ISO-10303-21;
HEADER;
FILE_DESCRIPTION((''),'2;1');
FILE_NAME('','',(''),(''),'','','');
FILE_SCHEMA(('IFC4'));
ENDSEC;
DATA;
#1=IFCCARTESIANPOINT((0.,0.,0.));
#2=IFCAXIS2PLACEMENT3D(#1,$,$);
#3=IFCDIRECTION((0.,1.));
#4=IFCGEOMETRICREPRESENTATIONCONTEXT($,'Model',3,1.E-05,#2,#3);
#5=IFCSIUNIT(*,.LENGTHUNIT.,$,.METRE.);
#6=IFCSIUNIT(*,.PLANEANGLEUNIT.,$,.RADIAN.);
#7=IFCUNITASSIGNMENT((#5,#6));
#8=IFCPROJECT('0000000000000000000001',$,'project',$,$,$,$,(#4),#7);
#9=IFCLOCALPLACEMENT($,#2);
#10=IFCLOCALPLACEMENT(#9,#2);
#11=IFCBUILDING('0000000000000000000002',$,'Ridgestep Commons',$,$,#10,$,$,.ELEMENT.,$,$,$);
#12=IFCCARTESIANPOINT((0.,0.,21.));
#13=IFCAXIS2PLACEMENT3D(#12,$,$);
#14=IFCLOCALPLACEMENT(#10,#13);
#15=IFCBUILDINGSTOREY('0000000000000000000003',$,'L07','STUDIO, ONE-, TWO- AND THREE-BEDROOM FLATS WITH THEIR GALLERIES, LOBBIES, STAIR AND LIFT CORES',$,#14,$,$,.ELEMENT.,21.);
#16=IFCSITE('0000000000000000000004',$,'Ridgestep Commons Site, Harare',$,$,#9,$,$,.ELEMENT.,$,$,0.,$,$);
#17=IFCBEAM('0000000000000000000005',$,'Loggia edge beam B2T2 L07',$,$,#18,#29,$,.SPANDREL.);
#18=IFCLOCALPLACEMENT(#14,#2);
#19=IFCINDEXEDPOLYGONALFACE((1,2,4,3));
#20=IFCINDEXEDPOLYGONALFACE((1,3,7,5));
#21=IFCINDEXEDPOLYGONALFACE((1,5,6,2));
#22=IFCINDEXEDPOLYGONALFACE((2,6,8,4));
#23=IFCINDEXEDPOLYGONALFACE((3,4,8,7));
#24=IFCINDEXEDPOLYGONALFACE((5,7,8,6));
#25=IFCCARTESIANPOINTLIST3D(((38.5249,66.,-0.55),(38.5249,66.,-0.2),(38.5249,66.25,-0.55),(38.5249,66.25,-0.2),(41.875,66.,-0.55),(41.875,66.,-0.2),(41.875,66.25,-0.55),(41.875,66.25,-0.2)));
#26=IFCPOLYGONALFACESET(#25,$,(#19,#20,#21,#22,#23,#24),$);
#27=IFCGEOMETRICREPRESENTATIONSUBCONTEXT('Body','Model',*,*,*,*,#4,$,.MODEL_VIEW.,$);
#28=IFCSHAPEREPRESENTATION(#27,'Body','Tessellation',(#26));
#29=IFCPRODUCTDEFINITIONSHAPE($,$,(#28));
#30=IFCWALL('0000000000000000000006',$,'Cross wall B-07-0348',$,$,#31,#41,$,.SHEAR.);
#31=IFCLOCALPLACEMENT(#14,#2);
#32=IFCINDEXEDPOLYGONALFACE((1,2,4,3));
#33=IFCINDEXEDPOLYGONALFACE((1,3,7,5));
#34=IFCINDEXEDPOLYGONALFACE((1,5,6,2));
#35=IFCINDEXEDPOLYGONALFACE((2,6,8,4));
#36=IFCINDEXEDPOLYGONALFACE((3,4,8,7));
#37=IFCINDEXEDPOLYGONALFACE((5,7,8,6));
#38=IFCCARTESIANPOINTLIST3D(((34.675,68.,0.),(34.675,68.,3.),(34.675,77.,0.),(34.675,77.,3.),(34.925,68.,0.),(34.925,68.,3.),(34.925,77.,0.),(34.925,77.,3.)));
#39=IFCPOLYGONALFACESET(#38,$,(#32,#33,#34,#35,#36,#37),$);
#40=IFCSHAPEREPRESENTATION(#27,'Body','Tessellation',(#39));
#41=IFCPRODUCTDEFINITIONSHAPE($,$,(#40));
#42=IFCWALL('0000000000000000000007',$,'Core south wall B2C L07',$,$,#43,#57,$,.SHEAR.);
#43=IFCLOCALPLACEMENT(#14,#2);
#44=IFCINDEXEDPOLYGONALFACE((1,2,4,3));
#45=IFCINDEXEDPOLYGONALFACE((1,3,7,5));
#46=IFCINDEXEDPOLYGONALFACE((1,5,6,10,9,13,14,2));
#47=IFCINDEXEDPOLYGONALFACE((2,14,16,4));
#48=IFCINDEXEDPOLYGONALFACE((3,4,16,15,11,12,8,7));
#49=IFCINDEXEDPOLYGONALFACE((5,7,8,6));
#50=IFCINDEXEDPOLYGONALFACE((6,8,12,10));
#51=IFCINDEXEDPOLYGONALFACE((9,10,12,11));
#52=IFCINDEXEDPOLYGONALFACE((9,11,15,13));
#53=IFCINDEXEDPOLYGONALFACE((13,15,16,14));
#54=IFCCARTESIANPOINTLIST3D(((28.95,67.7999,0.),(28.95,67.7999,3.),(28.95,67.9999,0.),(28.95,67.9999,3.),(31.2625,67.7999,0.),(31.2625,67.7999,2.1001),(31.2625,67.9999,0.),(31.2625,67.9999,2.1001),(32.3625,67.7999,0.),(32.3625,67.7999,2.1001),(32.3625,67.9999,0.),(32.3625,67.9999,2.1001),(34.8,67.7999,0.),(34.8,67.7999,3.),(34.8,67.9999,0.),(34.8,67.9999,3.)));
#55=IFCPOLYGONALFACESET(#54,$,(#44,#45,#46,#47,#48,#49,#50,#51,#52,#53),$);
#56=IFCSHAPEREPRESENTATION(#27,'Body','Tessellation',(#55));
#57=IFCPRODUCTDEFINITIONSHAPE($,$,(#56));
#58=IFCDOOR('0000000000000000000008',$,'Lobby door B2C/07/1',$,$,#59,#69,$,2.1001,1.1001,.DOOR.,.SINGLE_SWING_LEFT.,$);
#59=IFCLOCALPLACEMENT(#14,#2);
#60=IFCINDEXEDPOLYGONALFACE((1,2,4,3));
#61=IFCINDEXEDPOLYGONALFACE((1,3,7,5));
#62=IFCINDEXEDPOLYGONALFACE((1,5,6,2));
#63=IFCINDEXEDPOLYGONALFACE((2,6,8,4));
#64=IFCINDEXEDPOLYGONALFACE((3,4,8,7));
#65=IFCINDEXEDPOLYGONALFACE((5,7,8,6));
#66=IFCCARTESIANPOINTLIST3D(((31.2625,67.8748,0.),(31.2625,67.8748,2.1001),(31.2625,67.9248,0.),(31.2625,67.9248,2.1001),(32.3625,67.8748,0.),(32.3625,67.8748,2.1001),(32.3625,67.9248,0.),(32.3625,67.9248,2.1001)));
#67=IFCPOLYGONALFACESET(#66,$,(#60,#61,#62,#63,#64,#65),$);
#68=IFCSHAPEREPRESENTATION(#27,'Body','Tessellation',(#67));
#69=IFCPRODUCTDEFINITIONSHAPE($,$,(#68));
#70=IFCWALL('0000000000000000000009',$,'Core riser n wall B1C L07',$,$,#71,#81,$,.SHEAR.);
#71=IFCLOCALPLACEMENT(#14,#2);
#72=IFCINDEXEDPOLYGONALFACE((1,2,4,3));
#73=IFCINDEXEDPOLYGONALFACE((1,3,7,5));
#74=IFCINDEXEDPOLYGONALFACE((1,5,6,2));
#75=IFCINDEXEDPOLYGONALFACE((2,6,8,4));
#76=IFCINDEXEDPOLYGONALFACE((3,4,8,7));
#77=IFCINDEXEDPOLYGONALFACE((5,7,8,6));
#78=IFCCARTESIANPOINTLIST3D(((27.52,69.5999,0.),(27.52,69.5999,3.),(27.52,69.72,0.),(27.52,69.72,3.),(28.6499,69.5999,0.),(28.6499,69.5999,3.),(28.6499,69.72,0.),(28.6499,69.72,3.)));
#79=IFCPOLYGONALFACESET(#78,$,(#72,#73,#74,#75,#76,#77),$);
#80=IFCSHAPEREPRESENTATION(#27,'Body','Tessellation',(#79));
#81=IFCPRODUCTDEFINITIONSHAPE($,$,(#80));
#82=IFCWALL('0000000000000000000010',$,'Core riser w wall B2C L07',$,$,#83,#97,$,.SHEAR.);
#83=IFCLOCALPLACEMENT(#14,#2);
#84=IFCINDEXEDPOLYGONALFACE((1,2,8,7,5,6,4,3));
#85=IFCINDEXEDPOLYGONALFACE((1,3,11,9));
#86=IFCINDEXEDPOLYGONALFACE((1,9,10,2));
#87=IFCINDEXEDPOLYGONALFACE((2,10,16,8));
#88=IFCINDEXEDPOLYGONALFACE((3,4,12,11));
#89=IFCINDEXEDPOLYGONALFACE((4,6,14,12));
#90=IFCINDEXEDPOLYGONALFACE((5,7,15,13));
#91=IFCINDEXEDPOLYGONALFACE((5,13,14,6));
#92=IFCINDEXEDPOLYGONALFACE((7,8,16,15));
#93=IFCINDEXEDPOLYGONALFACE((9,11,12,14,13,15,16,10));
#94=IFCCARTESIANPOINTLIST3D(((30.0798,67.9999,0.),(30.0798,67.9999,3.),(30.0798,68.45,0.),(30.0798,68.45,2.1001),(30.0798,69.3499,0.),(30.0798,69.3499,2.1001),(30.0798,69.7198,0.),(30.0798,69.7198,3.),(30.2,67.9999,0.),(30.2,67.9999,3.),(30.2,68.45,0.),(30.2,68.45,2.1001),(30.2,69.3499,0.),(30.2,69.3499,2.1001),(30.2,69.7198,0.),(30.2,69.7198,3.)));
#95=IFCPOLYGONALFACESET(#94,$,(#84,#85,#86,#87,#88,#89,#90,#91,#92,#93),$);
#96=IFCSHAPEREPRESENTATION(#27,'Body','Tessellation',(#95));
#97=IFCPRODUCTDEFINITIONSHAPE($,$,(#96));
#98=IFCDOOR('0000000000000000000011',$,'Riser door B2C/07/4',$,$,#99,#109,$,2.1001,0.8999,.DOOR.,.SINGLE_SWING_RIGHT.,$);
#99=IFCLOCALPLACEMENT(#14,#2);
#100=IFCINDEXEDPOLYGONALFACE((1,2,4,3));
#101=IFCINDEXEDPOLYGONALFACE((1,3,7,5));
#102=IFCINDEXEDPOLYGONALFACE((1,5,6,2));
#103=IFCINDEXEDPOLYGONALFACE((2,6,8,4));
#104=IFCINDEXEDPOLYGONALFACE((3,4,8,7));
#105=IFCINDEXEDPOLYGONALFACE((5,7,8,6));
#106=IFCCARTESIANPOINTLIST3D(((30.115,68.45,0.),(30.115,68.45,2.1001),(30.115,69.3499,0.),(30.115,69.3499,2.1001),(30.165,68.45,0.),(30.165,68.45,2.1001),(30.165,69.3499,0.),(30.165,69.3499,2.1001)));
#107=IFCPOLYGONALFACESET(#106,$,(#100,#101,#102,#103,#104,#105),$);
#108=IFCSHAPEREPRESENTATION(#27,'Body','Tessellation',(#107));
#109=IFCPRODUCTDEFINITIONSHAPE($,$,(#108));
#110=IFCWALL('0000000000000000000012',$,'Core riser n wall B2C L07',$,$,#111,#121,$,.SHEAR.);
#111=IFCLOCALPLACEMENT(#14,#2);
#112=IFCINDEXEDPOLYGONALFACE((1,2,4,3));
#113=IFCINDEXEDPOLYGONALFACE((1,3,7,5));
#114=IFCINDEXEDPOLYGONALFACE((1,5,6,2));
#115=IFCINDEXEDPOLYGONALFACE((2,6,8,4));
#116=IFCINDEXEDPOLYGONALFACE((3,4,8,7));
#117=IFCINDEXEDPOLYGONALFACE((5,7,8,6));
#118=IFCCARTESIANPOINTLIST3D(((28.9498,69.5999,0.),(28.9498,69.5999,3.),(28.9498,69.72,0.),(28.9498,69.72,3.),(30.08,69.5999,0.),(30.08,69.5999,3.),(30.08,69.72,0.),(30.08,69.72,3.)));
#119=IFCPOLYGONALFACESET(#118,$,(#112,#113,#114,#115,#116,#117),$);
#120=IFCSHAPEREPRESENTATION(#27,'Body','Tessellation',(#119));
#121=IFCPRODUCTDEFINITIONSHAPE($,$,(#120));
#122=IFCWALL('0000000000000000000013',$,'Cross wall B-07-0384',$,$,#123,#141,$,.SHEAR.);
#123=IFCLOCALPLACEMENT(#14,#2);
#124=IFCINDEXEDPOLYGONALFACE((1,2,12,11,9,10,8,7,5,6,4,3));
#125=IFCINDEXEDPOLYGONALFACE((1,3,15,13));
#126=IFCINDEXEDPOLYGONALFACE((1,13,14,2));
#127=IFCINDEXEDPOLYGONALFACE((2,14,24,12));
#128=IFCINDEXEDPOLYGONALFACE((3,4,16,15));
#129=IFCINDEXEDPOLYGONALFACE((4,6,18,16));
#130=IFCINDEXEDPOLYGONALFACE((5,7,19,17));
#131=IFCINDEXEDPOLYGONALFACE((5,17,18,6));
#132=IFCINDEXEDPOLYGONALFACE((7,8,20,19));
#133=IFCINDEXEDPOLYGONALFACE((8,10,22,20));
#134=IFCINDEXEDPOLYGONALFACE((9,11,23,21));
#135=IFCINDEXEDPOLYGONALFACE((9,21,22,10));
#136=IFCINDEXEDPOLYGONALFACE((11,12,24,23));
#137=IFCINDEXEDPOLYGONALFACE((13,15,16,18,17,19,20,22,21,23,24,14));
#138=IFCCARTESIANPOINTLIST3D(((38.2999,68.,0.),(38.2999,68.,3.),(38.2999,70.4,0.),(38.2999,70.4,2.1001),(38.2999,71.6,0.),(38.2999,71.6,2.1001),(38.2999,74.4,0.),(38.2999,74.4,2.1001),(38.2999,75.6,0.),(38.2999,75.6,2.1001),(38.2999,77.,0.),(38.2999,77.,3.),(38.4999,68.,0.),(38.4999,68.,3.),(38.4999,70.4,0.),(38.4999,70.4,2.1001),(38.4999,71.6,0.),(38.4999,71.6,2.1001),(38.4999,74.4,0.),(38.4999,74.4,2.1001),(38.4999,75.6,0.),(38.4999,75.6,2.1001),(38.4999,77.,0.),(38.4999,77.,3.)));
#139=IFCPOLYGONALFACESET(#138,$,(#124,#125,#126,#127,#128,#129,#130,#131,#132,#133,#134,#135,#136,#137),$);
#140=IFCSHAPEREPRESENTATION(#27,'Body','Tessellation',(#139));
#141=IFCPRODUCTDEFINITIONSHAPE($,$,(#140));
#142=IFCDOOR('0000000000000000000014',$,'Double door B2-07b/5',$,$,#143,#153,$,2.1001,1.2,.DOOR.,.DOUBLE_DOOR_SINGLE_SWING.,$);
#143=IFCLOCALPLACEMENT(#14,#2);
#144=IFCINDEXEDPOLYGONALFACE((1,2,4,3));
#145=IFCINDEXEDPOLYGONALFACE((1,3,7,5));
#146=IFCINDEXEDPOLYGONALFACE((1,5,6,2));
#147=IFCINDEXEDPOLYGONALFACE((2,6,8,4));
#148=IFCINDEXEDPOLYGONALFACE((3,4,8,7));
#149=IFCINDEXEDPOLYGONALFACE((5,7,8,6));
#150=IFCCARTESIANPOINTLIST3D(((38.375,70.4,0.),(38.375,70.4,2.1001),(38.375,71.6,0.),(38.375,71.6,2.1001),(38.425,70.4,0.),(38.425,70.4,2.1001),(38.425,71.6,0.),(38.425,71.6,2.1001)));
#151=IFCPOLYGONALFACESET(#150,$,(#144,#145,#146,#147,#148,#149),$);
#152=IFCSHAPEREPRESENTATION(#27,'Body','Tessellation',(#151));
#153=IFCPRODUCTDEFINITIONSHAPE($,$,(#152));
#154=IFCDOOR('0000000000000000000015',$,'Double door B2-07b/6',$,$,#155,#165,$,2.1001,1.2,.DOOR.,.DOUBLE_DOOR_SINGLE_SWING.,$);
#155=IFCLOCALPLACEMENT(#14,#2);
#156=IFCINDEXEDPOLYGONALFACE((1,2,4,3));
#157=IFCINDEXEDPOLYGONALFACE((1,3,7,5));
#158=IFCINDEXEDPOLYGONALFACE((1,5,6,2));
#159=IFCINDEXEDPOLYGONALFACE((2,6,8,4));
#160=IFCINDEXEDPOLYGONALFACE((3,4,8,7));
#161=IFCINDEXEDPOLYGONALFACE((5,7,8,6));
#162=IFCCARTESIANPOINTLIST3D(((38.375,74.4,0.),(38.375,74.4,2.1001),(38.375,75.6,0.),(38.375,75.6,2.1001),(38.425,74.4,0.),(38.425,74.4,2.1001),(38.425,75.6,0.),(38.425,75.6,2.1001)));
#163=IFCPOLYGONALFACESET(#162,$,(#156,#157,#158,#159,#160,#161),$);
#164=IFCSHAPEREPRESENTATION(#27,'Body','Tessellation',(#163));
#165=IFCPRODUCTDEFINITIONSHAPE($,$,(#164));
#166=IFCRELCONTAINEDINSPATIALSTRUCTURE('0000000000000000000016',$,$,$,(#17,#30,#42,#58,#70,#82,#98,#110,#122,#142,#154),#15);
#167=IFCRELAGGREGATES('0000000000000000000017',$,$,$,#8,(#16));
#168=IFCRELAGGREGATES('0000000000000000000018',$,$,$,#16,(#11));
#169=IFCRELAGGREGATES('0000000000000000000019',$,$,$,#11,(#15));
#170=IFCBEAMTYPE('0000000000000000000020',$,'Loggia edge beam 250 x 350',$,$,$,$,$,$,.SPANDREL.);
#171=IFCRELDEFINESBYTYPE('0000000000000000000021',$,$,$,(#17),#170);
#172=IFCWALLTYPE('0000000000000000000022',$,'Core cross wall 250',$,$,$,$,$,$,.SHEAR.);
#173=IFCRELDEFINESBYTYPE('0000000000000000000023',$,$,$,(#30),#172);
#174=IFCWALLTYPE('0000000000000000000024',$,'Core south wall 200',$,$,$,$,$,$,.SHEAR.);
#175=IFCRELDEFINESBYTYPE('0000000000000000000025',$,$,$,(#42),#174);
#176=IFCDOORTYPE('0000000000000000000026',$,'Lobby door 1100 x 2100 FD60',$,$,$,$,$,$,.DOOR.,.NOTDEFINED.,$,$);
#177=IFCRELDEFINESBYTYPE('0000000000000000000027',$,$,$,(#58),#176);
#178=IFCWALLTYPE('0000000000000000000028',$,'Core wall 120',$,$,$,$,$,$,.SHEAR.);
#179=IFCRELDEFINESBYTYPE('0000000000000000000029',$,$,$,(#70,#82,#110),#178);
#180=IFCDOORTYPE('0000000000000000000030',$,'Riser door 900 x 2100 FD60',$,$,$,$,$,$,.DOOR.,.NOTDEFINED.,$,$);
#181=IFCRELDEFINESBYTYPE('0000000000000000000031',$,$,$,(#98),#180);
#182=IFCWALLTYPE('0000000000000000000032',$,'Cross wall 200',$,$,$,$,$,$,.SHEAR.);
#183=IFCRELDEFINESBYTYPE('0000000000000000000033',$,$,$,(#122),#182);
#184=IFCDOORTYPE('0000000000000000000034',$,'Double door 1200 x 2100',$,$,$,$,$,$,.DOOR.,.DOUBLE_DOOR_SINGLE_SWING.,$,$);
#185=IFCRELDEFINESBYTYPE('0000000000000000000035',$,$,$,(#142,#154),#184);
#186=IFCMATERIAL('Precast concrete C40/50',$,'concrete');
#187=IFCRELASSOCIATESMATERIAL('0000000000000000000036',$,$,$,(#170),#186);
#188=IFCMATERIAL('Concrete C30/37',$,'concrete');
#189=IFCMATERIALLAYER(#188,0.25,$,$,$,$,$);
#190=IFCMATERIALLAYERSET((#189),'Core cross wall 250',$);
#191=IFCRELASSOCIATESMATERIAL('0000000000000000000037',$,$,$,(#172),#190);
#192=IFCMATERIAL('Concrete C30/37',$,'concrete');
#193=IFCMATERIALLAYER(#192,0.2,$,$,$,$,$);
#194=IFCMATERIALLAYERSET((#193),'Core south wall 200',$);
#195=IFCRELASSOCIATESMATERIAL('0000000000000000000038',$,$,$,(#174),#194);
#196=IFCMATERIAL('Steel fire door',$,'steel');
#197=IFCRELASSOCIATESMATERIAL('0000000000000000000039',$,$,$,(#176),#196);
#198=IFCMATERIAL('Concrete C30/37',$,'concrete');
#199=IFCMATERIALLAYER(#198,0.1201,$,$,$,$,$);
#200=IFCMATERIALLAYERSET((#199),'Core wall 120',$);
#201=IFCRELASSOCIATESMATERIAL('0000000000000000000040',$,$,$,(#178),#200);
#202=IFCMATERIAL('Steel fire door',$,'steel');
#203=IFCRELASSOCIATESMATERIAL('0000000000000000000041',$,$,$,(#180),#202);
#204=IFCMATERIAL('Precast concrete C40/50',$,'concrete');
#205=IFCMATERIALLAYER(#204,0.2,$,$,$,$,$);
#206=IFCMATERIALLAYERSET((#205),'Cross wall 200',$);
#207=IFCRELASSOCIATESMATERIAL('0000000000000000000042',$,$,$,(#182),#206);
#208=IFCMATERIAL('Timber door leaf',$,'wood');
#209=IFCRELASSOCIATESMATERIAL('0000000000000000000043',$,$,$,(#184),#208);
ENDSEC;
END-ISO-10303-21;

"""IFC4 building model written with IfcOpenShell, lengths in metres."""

from ifc_helpers import new_model, si_unit, direction, frame, frame_2d, origin, origin_2d, place, context, subcontext, project, spatial, rectangle, extrude, material, layer, layer_set, material_profile, profile_set, type_object, element, fill, save


model = new_model("IFC4")

# Units and contexts
model_context = context("Model", 3, precision=1e-05, world=origin(), true_north=direction((0.0, 1.0)))
body_context = subcontext(model_context, "Body", "Model", "MODEL_VIEW")
ifc_project = project(units=[si_unit("LENGTHUNIT", "METRE"), si_unit("PLANEANGLEUNIT", "RADIAN")], contexts=[model_context])

# Site, building, storey
site_placement = place(None, origin())
site = spatial("IfcSite", under=ifc_project, at=site_placement, Name="Ridgestep Commons Site, Harare", CompositionType="ELEMENT", RefElevation=0.0)
building_placement = place(site_placement, origin())
building = spatial("IfcBuilding", under=site, at=building_placement, Name="Ridgestep Commons", CompositionType="ELEMENT")
storey_placement = place(building_placement, frame((0.0, 0.0, 21.0)))
storey = spatial("IfcBuildingStorey", under=building, at=storey_placement, Name="L07", Description="STUDIO, ONE-, TWO- AND THREE-BEDROOM FLATS WITH THEIR GALLERIES, LOBBIES, STAIR AND LIFT CORES", CompositionType="ELEMENT", Elevation=21.0)

# Beam
ifc_material_1 = material(Name="Precast concrete C40/50", Category="concrete")
ifc_material_profile = material_profile(ifc_material_1, rectangle(XDim=0.25, YDim=0.3501, at=origin_2d()), Name="PC 250x350")
ifc_profile_set = profile_set([ifc_material_profile], Name="Precast concrete C40/50")
beam_type = type_object("IfcBeamType", Name="Loggia edge beam 250 x 350", PredefinedType="SPANDREL", material=ifc_profile_set)
beam_placement = place(storey_placement, frame((38.5249, 66.125, -0.375), z_axis=(1.0, 0.0, 0.0), x_axis=(0.0, 1.0, 0.0)))
element("IfcBeam", 1, at=beam_placement, inside=storey, type_object=beam_type, Name="Loggia edge beam B2T2 L07", PredefinedType="SPANDREL", context=body_context, shape_type="SweptSolid", body=[
    extrude(rectangle(XDim=0.25, YDim=0.3501, at=origin_2d()), origin(), (0.0, 0.0, 1.0), 3.3501),
])

# Wall
ifc_material_2 = material(Name="Concrete C30/37", Category="concrete")
ifc_layer_1 = layer(ifc_material_2, 0.25)
ifc_layer_set_1 = layer_set([ifc_layer_1], Name="Core cross wall 250")
wall_type_1 = type_object("IfcWallType", Name="Core cross wall 250", PredefinedType="SHEAR", material=ifc_layer_set_1)
wall_1_placement = place(storey_placement, frame((34.8, 68.0, 0.0), z_axis=(0.0, 0.0, 1.0), x_axis=(0.0, 1.0, 0.0)))
element("IfcWall", 2, at=wall_1_placement, inside=storey, type_object=wall_type_1, Name="Cross wall B-07-0348", PredefinedType="SHEAR", context=body_context, shape_type="SweptSolid", body=[
    extrude(rectangle(XDim=9.0, YDim=0.25, at=frame_2d((4.5, 0.0))), origin(), (0.0, 0.0, 1.0), 3.0),
])

# Wall, opening, door
ifc_material_3 = material(Name="Concrete C30/37", Category="concrete")
ifc_layer_2 = layer(ifc_material_3, 0.2)
ifc_layer_set_2 = layer_set([ifc_layer_2], Name="Core south wall 200")
wall_type_2 = type_object("IfcWallType", Name="Core south wall 200", PredefinedType="SHEAR", material=ifc_layer_set_2)
wall_2_placement = place(storey_placement, frame((28.95, 67.8999, 0.0), z_axis=(0.0, 0.0, 1.0), x_axis=(1.0, 0.0, 0.0)))
wall_2 = element("IfcWall", 3, at=wall_2_placement, inside=storey, type_object=wall_type_2, Name="Core south wall B2C L07", PredefinedType="SHEAR", context=body_context, shape_type="SweptSolid", body=[
    extrude(rectangle(XDim=5.8501, YDim=0.2, at=frame_2d((2.925, 0.0))), origin(), (0.0, 0.0, 1.0), 3.0),
])
opening_1_placement = place(wall_2_placement, frame((2.3125, 0.0, 0.0)))
opening_1 = element("IfcOpeningElement", 4, at=opening_1_placement, cuts=wall_2, PredefinedType="OPENING", context=body_context, shape_type="SweptSolid", body=[
    extrude(rectangle(XDim=1.1001, YDim=2.1001, at=frame_2d((0.55, 1.05))), frame((0.0, 0.1099, 0.0), z_axis=(0.0, -1.0, 0.0), x_axis=(1.0, 0.0, 0.0)), (0.0, 0.0, 1.0), 0.22),
])
ifc_material_4 = material(Name="Steel fire door", Category="steel")
door_type_1 = type_object("IfcDoorType", Name="Lobby door 1100 x 2100 FD60", OperationType="NOTDEFINED", PredefinedType="DOOR", material=ifc_material_4)
door_1_placement = place(opening_1_placement, origin())
door_1 = element("IfcDoor", 5, at=door_1_placement, inside=storey, type_object=door_type_1, Name="Lobby door B2C/07/1", OperationType="SINGLE_SWING_LEFT", OverallHeight=2.1001, OverallWidth=1.1001, PredefinedType="DOOR", context=body_context, shape_type="SweptSolid", body=[
    extrude(rectangle(XDim=1.1001, YDim=2.1001, at=frame_2d((0.55, 1.05))), frame((0.0, 0.0249, 0.0), z_axis=(0.0, -1.0, 0.0), x_axis=(1.0, 0.0, 0.0)), (0.0, 0.0, 1.0), 0.05),
])
fill(opening_1, door_1)

# Wall
ifc_material_5 = material(Name="Concrete C30/37", Category="concrete")
ifc_layer_3 = layer(ifc_material_5, 0.1201)
ifc_layer_set_3 = layer_set([ifc_layer_3], Name="Core wall 120")
wall_type_3 = type_object("IfcWallType", Name="Core wall 120", PredefinedType="SHEAR", material=ifc_layer_set_3)
wall_3_placement = place(storey_placement, frame((27.52, 69.6599, 0.0), z_axis=(0.0, 0.0, 1.0), x_axis=(1.0, 0.0, 0.0)))
element("IfcWall", 6, at=wall_3_placement, inside=storey, type_object=wall_type_3, Name="Core riser n wall B1C L07", PredefinedType="SHEAR", context=body_context, shape_type="SweptSolid", body=[
    extrude(rectangle(XDim=1.1299, YDim=0.1201, at=frame_2d((0.5649, 0.0))), origin(), (0.0, 0.0, 1.0), 3.0),
])

# Wall, opening, door
wall_4_placement = place(storey_placement, frame((30.1399, 68.0, 0.0), z_axis=(0.0, 0.0, 1.0), x_axis=(0.0, 1.0, 0.0)))
wall_4 = element("IfcWall", 7, at=wall_4_placement, inside=storey, type_object=wall_type_3, Name="Core riser w wall B2C L07", PredefinedType="SHEAR", context=body_context, shape_type="SweptSolid", body=[
    extrude(rectangle(XDim=1.72, YDim=0.1201, at=frame_2d((0.8599, 0.0))), origin(), (0.0, 0.0, 1.0), 3.0),
])
opening_2_placement = place(wall_4_placement, frame((0.45, 0.0, 0.0)))
opening_2 = element("IfcOpeningElement", 8, at=opening_2_placement, cuts=wall_4, PredefinedType="OPENING", context=body_context, shape_type="SweptSolid", body=[
    extrude(rectangle(XDim=0.8999, YDim=2.1001, at=frame_2d((0.45, 1.05))), frame((0.0, 0.0701, 0.0), z_axis=(0.0, -1.0, 0.0), x_axis=(1.0, 0.0, 0.0)), (0.0, 0.0, 1.0), 0.1401),
])
ifc_material_6 = material(Name="Steel fire door", Category="steel")
door_type_2 = type_object("IfcDoorType", Name="Riser door 900 x 2100 FD60", OperationType="NOTDEFINED", PredefinedType="DOOR", material=ifc_material_6)
door_2_placement = place(opening_2_placement, origin())
door_2 = element("IfcDoor", 9, at=door_2_placement, inside=storey, type_object=door_type_2, Name="Riser door B2C/07/4", OperationType="SINGLE_SWING_RIGHT", OverallHeight=2.1001, OverallWidth=0.8999, PredefinedType="DOOR", context=body_context, shape_type="SweptSolid", body=[
    extrude(rectangle(XDim=0.8999, YDim=2.1001, at=frame_2d((0.45, 1.05))), frame((0.0, 0.0249, 0.0), z_axis=(0.0, -1.0, 0.0), x_axis=(1.0, 0.0, 0.0)), (0.0, 0.0, 1.0), 0.05),
])
fill(opening_2, door_2)

# Wall
wall_5_placement = place(storey_placement, frame((28.95, 69.6599, 0.0), z_axis=(0.0, 0.0, 1.0), x_axis=(1.0, 0.0, 0.0)))
element("IfcWall", 10, at=wall_5_placement, inside=storey, type_object=wall_type_3, Name="Core riser n wall B2C L07", PredefinedType="SHEAR", context=body_context, shape_type="SweptSolid", body=[
    extrude(rectangle(XDim=1.1301, YDim=0.1201, at=frame_2d((0.5649, 0.0))), origin(), (0.0, 0.0, 1.0), 3.0),
])

# Wall, openings, doors
ifc_material_7 = material(Name="Precast concrete C40/50", Category="concrete")
ifc_layer_4 = layer(ifc_material_7, 0.2)
ifc_layer_set_4 = layer_set([ifc_layer_4], Name="Cross wall 200")
wall_type_4 = type_object("IfcWallType", Name="Cross wall 200", PredefinedType="SHEAR", material=ifc_layer_set_4)
wall_6_placement = place(storey_placement, frame((38.3999, 68.0, 0.0), z_axis=(0.0, 0.0, 1.0), x_axis=(0.0, 1.0, 0.0)))
wall_6 = element("IfcWall", 11, at=wall_6_placement, inside=storey, type_object=wall_type_4, Name="Cross wall B-07-0384", PredefinedType="SHEAR", context=body_context, shape_type="SweptSolid", body=[
    extrude(rectangle(XDim=9.0, YDim=0.2, at=frame_2d((4.5, 0.0))), origin(), (0.0, 0.0, 1.0), 3.0),
])
opening_3_placement = place(wall_6_placement, frame((2.3999, 0.0, 0.0)))
opening_3 = element("IfcOpeningElement", 12, at=opening_3_placement, cuts=wall_6, PredefinedType="OPENING", context=body_context, shape_type="SweptSolid", body=[
    extrude(rectangle(XDim=1.2, YDim=2.1001, at=frame_2d((0.6001, 1.05))), frame((0.0, 0.1099, 0.0), z_axis=(0.0, -1.0, 0.0), x_axis=(1.0, 0.0, 0.0)), (0.0, 0.0, 1.0), 0.22),
])
opening_4_placement = place(wall_6_placement, frame((6.3999, 0.0, 0.0)))
opening_4 = element("IfcOpeningElement", 13, at=opening_4_placement, cuts=wall_6, PredefinedType="OPENING", context=body_context, shape_type="SweptSolid", body=[
    extrude(rectangle(XDim=1.2, YDim=2.1001, at=frame_2d((0.6001, 1.05))), frame((0.0, 0.1099, 0.0), z_axis=(0.0, -1.0, 0.0), x_axis=(1.0, 0.0, 0.0)), (0.0, 0.0, 1.0), 0.22),
])
ifc_material_8 = material(Name="Timber door leaf", Category="wood")
door_type_3 = type_object("IfcDoorType", Name="Double door 1200 x 2100", OperationType="DOUBLE_DOOR_SINGLE_SWING", PredefinedType="DOOR", material=ifc_material_8)
door_3_placement = place(opening_3_placement, origin())
door_3 = element("IfcDoor", 14, at=door_3_placement, inside=storey, type_object=door_type_3, Name="Double door B2-07b/5", OperationType="DOUBLE_DOOR_SINGLE_SWING", OverallHeight=2.1001, OverallWidth=1.2, PredefinedType="DOOR", context=body_context, shape_type="SweptSolid", body=[
    extrude(rectangle(XDim=1.2, YDim=2.1001, at=frame_2d((0.6001, 1.05))), frame((0.0, 0.0249, 0.0), z_axis=(0.0, -1.0, 0.0), x_axis=(1.0, 0.0, 0.0)), (0.0, 0.0, 1.0), 0.05),
])
fill(opening_3, door_3)
door_4_placement = place(opening_4_placement, origin())
door_4 = element("IfcDoor", 15, at=door_4_placement, inside=storey, type_object=door_type_3, Name="Double door B2-07b/6", OperationType="DOUBLE_DOOR_SINGLE_SWING", OverallHeight=2.1001, OverallWidth=1.2, PredefinedType="DOOR", context=body_context, shape_type="SweptSolid", body=[
    extrude(rectangle(XDim=1.2, YDim=2.1001, at=frame_2d((0.6001, 1.05))), frame((0.0, 0.0249, 0.0), z_axis=(0.0, -1.0, 0.0), x_axis=(1.0, 0.0, 0.0)), (0.0, 0.0, 1.0), 0.05),
])
fill(opening_4, door_4)

save(model, "model.ifc")
